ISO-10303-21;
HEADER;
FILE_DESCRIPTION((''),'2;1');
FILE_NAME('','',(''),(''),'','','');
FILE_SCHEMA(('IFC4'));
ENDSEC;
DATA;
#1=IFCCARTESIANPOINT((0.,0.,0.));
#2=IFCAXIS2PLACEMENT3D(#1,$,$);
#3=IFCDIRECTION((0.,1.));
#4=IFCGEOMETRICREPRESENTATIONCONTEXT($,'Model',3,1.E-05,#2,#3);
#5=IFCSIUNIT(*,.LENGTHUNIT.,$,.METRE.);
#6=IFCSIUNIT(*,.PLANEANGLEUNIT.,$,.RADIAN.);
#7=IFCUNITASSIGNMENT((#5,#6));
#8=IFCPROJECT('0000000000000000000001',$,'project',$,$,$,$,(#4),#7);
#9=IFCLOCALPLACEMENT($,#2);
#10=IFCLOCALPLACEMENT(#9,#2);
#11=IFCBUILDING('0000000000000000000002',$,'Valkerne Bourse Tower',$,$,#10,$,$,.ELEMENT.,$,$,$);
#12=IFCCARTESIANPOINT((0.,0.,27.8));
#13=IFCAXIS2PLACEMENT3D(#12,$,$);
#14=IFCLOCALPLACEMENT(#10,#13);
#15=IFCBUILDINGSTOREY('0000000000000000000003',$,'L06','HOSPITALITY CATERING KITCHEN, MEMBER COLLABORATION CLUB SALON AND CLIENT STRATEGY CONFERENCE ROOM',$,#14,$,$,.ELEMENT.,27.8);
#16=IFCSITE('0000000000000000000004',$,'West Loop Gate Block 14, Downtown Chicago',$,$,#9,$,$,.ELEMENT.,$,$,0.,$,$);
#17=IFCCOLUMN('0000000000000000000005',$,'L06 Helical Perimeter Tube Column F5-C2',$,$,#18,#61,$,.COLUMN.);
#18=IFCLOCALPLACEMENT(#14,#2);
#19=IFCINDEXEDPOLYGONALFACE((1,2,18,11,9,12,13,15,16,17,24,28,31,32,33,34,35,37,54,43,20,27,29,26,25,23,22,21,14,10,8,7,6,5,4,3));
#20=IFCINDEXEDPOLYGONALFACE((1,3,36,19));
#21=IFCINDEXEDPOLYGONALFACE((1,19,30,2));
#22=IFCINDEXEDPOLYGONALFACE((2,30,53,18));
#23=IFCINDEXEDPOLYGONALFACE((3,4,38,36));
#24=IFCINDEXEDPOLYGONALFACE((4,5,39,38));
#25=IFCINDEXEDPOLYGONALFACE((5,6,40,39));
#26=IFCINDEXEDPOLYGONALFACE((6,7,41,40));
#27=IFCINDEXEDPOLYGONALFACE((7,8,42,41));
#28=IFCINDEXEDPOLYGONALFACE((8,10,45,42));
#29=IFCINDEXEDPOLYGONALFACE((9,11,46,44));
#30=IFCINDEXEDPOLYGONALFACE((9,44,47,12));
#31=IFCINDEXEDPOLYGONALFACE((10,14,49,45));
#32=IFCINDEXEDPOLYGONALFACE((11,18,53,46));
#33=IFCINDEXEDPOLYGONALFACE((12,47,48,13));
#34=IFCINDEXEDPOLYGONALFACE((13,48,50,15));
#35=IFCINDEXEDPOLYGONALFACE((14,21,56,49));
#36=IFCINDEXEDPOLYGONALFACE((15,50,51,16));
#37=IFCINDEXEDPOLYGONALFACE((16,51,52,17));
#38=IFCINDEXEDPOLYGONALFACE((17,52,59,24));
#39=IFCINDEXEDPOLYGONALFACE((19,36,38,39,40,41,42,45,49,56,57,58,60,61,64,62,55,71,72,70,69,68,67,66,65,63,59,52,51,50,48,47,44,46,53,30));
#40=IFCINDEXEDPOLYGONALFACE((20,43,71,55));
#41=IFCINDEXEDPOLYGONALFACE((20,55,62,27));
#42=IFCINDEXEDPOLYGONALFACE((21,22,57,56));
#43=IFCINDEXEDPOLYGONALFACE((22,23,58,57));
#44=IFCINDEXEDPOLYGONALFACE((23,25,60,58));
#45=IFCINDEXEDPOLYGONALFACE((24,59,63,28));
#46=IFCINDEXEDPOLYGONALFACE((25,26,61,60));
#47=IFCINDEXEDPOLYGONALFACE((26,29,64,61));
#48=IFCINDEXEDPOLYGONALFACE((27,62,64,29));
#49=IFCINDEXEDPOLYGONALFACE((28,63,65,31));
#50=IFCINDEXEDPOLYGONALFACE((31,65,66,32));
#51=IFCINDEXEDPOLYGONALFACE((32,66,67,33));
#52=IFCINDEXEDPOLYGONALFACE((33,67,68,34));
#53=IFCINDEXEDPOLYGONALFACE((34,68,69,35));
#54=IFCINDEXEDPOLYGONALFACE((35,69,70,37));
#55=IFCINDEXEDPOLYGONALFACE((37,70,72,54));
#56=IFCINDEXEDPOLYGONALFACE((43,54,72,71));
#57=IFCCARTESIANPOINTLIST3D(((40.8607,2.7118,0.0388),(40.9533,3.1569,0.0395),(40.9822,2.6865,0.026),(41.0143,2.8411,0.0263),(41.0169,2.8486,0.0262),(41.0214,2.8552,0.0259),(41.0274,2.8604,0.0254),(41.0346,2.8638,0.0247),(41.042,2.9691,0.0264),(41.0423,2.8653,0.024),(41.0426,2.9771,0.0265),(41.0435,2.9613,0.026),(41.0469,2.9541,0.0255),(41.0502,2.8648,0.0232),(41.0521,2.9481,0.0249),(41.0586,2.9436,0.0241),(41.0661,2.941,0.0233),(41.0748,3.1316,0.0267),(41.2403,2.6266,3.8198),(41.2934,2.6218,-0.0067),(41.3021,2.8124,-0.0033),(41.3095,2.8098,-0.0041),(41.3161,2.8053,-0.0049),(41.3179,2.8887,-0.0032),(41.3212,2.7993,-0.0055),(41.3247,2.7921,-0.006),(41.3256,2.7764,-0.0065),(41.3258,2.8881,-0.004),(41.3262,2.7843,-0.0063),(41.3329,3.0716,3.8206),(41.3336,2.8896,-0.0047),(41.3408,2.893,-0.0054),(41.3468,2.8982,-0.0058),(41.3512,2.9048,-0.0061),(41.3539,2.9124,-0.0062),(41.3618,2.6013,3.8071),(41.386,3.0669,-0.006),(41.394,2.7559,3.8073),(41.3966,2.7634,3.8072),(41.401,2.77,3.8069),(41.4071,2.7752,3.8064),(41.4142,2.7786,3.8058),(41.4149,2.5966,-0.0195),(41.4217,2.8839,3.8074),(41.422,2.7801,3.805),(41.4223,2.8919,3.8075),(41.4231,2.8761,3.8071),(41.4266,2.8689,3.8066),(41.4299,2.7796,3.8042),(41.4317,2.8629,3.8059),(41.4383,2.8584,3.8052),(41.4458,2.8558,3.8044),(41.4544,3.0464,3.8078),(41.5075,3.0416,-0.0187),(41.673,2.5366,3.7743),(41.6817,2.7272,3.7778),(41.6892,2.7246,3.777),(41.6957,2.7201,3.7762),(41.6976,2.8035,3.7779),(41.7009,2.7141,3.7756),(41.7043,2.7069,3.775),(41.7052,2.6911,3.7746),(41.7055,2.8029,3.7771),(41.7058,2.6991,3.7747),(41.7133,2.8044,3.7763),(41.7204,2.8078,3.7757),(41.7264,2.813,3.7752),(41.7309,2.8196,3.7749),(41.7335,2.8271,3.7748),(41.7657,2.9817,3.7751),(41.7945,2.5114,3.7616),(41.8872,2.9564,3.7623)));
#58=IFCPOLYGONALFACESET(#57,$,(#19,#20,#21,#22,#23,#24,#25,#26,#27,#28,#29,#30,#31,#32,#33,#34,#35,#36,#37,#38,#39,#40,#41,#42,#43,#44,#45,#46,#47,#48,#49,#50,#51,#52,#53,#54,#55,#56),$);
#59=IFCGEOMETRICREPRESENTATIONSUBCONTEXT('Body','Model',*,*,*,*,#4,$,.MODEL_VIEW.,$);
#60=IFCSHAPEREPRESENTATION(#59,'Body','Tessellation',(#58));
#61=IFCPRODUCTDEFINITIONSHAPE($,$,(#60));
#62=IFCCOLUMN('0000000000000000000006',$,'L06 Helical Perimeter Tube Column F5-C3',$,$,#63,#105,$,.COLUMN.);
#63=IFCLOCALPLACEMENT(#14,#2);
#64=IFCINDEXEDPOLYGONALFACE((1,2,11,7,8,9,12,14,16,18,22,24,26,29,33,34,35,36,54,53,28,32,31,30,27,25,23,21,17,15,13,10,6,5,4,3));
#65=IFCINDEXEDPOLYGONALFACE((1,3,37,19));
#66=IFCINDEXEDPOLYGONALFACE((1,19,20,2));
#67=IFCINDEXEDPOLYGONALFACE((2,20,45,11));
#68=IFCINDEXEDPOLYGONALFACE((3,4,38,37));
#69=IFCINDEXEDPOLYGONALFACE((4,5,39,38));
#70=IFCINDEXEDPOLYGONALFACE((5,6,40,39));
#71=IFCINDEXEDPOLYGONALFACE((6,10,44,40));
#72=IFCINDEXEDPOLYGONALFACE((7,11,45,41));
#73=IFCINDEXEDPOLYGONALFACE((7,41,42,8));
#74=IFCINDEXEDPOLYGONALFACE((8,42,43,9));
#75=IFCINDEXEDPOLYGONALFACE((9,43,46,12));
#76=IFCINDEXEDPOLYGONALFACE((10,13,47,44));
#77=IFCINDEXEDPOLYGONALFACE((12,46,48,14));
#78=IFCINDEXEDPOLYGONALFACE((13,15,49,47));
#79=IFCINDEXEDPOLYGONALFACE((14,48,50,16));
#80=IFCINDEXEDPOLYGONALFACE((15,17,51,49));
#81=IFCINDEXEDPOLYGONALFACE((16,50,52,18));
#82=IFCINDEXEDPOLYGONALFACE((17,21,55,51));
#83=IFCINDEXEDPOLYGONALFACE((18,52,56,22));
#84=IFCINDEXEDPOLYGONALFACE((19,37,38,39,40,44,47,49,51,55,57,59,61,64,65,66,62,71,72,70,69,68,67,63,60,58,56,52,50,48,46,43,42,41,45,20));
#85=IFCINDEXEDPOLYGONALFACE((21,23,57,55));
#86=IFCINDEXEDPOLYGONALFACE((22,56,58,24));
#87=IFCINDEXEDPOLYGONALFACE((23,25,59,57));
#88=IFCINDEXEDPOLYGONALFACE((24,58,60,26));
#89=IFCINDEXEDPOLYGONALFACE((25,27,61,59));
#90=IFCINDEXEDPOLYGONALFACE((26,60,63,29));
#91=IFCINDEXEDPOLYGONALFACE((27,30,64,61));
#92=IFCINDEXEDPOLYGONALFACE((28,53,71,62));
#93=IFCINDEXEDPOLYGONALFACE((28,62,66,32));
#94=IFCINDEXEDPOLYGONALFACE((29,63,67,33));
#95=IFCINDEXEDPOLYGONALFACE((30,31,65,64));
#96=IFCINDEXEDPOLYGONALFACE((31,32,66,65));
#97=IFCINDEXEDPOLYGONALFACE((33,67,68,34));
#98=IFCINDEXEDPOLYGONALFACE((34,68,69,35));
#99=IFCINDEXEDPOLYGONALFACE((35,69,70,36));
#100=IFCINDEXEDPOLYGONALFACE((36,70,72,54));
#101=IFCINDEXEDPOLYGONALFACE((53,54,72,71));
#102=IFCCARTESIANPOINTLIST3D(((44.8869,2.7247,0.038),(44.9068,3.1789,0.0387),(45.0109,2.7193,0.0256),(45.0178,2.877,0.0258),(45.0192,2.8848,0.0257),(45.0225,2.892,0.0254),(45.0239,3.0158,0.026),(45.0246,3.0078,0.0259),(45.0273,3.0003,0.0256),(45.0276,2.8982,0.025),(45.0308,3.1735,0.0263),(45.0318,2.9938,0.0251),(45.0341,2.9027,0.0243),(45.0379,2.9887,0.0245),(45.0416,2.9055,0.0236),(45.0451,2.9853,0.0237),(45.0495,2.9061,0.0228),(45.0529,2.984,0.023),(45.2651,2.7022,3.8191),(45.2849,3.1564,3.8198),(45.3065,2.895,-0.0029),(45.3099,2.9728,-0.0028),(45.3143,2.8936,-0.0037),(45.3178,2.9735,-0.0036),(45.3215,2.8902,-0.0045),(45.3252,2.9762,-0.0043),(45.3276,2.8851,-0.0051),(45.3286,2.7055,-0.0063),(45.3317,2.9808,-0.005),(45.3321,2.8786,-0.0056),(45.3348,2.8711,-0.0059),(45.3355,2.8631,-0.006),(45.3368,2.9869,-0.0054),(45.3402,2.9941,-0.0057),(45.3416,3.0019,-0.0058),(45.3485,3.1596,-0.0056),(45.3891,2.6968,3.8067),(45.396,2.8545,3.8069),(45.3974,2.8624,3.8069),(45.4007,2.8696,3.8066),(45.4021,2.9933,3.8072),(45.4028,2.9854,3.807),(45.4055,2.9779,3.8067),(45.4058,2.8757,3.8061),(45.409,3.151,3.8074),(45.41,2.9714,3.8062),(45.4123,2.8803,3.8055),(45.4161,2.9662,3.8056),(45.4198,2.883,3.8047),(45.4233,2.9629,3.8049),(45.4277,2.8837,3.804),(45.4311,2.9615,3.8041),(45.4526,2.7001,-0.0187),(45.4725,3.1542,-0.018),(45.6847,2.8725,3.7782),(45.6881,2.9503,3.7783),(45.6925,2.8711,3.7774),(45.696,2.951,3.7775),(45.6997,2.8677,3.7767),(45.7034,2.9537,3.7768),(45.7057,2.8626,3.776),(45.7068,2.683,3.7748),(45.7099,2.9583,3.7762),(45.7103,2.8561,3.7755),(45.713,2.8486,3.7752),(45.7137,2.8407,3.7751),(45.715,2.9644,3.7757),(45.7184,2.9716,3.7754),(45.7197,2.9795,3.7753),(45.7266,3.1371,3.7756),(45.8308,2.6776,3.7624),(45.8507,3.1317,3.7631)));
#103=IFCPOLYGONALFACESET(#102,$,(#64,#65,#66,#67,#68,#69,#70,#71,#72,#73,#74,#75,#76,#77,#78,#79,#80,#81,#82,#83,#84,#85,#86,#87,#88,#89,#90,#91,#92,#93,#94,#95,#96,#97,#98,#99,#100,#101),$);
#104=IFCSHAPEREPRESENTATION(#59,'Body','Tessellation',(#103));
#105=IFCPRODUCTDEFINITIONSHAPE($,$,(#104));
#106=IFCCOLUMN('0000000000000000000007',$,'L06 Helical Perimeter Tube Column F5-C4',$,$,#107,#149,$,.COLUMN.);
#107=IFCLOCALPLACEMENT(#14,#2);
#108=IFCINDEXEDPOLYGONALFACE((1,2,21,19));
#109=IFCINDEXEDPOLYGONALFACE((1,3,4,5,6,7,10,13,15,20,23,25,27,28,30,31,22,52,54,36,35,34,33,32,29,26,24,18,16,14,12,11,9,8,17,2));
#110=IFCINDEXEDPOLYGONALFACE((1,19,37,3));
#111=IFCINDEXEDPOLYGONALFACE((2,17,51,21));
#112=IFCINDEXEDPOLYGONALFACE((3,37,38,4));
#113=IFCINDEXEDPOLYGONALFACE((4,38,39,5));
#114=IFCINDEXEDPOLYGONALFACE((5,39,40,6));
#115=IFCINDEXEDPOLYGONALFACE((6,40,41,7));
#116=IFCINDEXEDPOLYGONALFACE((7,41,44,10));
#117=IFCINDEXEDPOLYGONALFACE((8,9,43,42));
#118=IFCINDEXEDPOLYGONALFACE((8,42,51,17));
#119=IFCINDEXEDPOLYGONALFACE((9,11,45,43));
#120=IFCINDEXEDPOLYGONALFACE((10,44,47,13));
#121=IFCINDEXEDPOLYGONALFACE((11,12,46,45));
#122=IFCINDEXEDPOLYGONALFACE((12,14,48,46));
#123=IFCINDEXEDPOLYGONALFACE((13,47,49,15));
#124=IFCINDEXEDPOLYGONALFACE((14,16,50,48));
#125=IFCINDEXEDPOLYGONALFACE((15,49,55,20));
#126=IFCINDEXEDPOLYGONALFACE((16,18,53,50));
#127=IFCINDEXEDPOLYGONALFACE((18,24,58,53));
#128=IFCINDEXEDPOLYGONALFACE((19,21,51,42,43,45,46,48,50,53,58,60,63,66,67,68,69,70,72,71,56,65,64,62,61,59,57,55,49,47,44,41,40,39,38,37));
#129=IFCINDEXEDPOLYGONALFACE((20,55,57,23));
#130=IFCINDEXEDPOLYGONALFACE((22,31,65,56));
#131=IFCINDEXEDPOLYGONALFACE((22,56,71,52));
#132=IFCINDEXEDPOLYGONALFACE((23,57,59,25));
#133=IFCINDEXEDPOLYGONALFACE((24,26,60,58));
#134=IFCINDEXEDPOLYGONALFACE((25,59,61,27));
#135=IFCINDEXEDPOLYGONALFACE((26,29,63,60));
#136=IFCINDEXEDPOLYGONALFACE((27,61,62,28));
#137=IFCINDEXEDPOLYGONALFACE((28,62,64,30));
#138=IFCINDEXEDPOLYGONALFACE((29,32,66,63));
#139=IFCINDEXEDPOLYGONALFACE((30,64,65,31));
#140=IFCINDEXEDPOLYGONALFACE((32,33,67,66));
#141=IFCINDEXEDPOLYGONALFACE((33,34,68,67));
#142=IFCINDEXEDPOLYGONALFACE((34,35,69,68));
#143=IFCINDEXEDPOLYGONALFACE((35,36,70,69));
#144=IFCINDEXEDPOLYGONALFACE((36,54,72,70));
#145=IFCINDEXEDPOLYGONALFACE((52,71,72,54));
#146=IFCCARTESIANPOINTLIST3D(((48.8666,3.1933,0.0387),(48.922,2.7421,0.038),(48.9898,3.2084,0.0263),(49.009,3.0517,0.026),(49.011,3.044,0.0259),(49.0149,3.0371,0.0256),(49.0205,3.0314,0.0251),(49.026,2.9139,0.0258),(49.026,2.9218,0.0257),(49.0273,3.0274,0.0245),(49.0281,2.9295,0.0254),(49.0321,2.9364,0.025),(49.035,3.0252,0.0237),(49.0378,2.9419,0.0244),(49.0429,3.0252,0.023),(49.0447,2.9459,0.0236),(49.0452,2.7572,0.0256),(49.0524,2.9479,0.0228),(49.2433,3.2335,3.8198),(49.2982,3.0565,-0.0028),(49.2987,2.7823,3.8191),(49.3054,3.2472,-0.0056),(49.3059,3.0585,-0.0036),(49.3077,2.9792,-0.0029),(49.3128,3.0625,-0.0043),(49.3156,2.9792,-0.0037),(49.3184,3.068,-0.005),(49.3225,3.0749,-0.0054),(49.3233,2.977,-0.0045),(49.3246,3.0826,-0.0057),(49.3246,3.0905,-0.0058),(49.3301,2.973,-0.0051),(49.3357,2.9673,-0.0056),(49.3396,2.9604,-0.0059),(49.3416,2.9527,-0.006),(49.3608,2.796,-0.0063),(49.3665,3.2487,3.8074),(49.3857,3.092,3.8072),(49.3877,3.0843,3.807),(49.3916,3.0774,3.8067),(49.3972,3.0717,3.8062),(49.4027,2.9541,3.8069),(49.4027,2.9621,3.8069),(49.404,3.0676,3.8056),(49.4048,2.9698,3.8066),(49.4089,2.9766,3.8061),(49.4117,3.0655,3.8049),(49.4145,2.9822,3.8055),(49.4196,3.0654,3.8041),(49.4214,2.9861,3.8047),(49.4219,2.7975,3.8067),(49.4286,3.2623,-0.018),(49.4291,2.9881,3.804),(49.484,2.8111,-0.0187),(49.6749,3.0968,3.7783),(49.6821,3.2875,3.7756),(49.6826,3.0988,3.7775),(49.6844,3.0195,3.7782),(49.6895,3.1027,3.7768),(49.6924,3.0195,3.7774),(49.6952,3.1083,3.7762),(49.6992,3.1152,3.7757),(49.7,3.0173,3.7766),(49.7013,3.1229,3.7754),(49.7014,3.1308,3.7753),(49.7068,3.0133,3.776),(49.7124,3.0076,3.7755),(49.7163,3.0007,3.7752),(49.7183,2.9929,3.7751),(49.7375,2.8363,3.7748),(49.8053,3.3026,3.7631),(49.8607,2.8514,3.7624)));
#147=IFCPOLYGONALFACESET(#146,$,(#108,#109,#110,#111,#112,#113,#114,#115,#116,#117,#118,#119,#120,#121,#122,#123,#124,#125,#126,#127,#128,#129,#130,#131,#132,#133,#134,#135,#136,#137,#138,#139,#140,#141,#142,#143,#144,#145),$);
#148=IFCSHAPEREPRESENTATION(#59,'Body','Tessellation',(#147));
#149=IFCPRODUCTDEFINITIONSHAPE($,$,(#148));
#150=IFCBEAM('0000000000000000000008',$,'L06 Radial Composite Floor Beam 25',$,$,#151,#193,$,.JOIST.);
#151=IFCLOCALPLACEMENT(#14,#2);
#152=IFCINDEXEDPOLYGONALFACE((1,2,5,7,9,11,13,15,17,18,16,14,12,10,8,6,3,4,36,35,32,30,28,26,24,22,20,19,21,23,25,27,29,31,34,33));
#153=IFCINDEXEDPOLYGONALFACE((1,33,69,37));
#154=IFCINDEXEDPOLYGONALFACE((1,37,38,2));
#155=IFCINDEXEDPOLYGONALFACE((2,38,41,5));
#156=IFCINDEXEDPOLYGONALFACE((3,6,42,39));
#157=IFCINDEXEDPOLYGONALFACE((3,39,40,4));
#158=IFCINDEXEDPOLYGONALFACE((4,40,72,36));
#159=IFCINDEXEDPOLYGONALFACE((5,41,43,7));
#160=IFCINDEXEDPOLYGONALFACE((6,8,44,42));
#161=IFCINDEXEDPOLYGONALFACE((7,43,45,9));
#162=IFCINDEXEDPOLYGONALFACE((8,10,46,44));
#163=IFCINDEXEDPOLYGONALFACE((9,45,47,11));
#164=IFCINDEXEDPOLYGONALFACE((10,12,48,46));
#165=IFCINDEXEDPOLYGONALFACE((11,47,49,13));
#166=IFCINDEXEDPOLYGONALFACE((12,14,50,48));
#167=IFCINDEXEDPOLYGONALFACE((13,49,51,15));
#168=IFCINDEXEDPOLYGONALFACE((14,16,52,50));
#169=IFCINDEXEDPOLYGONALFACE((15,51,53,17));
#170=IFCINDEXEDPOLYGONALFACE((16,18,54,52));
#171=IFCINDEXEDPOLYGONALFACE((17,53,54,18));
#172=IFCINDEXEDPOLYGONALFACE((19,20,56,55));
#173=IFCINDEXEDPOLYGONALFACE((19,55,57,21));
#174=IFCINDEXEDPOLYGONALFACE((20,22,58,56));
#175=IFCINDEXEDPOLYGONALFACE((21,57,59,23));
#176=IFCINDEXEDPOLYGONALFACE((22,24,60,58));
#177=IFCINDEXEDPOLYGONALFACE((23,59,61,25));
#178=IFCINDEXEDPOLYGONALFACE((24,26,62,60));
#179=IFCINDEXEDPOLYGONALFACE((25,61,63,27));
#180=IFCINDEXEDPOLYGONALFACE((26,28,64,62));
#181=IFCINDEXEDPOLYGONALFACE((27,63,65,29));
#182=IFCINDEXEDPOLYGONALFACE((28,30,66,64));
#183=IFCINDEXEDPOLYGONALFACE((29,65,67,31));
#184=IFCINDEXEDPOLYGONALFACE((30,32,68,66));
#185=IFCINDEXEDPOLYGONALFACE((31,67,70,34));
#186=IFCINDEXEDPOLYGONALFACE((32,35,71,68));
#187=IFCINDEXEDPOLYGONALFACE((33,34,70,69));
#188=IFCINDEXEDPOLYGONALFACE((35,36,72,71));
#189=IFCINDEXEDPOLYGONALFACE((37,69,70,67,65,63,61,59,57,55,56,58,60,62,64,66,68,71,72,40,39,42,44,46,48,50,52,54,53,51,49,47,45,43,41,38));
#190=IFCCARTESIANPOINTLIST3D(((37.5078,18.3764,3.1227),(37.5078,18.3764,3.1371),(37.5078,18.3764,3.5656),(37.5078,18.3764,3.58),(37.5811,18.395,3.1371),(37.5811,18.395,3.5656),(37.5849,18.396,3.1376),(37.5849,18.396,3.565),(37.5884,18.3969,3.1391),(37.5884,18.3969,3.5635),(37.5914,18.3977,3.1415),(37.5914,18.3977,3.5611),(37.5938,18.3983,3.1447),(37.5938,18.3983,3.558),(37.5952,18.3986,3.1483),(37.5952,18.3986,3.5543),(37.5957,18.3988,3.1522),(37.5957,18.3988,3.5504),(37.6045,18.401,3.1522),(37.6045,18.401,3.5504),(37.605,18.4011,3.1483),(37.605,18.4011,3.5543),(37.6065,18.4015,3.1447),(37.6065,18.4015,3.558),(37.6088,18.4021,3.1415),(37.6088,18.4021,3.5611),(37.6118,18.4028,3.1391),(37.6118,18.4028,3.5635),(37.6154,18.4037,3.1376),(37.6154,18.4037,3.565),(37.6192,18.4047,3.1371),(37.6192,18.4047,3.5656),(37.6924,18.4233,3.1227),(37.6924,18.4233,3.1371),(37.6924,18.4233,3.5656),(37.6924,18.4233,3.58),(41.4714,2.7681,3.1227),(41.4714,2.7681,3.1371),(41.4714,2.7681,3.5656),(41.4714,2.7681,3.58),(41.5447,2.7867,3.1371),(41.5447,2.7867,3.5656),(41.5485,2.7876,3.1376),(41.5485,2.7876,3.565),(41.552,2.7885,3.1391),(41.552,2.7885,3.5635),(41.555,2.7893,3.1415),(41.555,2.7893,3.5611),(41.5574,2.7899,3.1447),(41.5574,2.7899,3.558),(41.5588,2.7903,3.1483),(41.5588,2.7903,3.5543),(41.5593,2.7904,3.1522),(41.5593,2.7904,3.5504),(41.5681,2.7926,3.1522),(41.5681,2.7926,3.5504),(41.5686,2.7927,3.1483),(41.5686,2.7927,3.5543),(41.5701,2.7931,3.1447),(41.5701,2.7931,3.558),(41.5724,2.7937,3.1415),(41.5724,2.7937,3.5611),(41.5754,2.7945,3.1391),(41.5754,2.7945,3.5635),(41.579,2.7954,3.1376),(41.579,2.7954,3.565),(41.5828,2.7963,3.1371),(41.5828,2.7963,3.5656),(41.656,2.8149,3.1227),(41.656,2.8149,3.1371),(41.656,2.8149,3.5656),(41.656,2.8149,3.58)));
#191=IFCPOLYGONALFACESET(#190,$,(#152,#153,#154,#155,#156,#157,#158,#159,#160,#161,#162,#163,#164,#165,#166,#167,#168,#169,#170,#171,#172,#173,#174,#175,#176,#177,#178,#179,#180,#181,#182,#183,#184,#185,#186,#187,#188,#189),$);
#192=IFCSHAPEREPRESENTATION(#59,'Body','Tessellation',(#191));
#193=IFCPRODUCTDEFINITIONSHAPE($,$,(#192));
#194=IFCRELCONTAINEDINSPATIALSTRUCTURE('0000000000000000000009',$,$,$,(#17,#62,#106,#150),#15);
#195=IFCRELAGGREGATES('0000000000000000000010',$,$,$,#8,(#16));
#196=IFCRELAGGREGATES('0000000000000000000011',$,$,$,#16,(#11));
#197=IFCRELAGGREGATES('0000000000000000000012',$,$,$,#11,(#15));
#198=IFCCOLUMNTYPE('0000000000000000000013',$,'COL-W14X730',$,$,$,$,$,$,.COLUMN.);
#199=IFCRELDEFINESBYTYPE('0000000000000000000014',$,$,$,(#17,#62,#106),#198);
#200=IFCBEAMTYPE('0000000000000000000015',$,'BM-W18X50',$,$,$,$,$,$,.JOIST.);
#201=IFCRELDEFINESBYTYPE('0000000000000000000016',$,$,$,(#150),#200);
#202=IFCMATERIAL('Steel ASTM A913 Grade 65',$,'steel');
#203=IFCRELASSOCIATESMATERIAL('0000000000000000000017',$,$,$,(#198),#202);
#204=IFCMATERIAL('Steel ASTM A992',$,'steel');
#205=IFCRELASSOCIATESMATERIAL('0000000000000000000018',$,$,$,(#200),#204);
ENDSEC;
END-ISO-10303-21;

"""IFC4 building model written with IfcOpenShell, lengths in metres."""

from ifc_helpers import new_model, si_unit, direction, frame, origin, origin_2d, place, context, subcontext, project, spatial, i_section, extrude, material, material_profile, profile_set, type_object, element, save


model = new_model("IFC4")

# Units and contexts
model_context = context("Model", 3, precision=1e-05, world=origin(), true_north=direction((0.0, 1.0)))
body_context = subcontext(model_context, "Body", "Model", "MODEL_VIEW")
ifc_project = project(units=[si_unit("LENGTHUNIT", "METRE"), si_unit("PLANEANGLEUNIT", "RADIAN")], contexts=[model_context])

# Site, building, storey
site_placement = place(None, origin())
site = spatial("IfcSite", under=ifc_project, at=site_placement, Name="West Loop Gate Block 14, Downtown Chicago", CompositionType="ELEMENT", RefElevation=0.0)
building_placement = place(site_placement, origin())
building = spatial("IfcBuilding", under=site, at=building_placement, Name="Valkerne Bourse Tower", CompositionType="ELEMENT")
storey_placement = place(building_placement, frame((0.0, 0.0, 27.8)))
storey = spatial("IfcBuildingStorey", under=building, at=storey_placement, Name="L06", Description="HOSPITALITY CATERING KITCHEN, MEMBER COLLABORATION CLUB SALON AND CLIENT STRATEGY CONFERENCE ROOM", CompositionType="ELEMENT", Elevation=27.8)

# Columns
ifc_material_1 = material(Name="Steel ASTM A913 Grade 65", Category="steel")
ifc_material_profile_1 = material_profile(ifc_material_1, i_section(OverallWidth=0.4546, OverallDepth=0.5691, WebThickness=0.0779, FlangeThickness=0.1248, FilletRadius=0.0305, at=origin_2d()), Name="W14X730")
ifc_profile_set_1 = profile_set([ifc_material_profile_1], Name="Steel ASTM A913 Grade 65")
column_type = type_object("IfcColumnType", Name="COL-W14X730", PredefinedType="COLUMN", material=ifc_profile_set_1)
column_placement = place(storey_placement, frame((41.1841, 2.8767, 0.01), z_axis=(0.099879, -0.022417, 0.994747), x_axis=(0.203717, 0.979028, 0.001608)))
element("IfcColumn", 1, at=column_placement, inside=storey, type_object=column_type, Name="L06 Helical Perimeter Tube Column F5-C2", PredefinedType="COLUMN", context=body_context, shape_type="SweptSolid", body=[
    extrude(i_section(OverallWidth=0.4546, OverallDepth=0.5691, WebThickness=0.0779, FlangeThickness=0.1248, FilletRadius=0.0305, at=origin_2d()), origin(), (0.0, 0.0, 1.0), 3.801),
])
for number, where, z_axis, x_axis, name in (
    (2, (45.1797, 2.9395, 0.01), (0.099521, -0.005911, 0.995018), (0.04368, 0.999044, 0.001566), "L06 Helical Perimeter Tube Column F5-C3"),
    (3, (49.1753, 3.0022, 0.01), (0.099136, 0.010601, 0.995017), (-0.121856, 0.992547, 0.001566), "L06 Helical Perimeter Tube Column F5-C4"),
):
    element("IfcColumn", number, at=place(storey_placement, frame(where, z_axis=z_axis, x_axis=x_axis)), inside=storey, type_object=column_type, Name=name, PredefinedType="COLUMN", context=body_context, shape_type="SweptSolid", body=[
        extrude(i_section(OverallWidth=0.4546, OverallDepth=0.5691, WebThickness=0.0779, FlangeThickness=0.1248, FilletRadius=0.0305, at=origin_2d()), origin(), (0.0, 0.0, 1.0), 3.8),
    ])

# Beam
ifc_material_2 = material(Name="Steel ASTM A992", Category="steel")
ifc_material_profile_2 = material_profile(ifc_material_2, i_section(OverallWidth=0.1904, OverallDepth=0.4573, WebThickness=0.009, FlangeThickness=0.0144, FilletRadius=0.0151, at=origin_2d()), Name="W18X50")
ifc_profile_set_2 = profile_set([ifc_material_profile_2], Name="Steel ASTM A992")
beam_type_1 = type_object("IfcBeamType", Name="BM-W18X50", PredefinedType="JOIST", material=ifc_profile_set_2)
beam_1_placement = place(storey_placement, frame((41.5637, 2.7915, 3.3513), z_axis=(-0.24613, 0.969237, 0.0), x_axis=(-0.969237, -0.24613, 0.0)))
element("IfcBeam", 4, at=beam_1_placement, inside=storey, type_object=beam_type_1, Name="L06 Radial Composite Floor Beam 25", PredefinedType="JOIST", context=body_context, shape_type="SweptSolid", body=[
    extrude(i_section(OverallWidth=0.1904, OverallDepth=0.4573, WebThickness=0.009, FlangeThickness=0.0144, FilletRadius=0.0151, at=origin_2d()), origin(), (0.0, 0.0, 1.0), 16.1038),
])

save(model, "model.ifc")
